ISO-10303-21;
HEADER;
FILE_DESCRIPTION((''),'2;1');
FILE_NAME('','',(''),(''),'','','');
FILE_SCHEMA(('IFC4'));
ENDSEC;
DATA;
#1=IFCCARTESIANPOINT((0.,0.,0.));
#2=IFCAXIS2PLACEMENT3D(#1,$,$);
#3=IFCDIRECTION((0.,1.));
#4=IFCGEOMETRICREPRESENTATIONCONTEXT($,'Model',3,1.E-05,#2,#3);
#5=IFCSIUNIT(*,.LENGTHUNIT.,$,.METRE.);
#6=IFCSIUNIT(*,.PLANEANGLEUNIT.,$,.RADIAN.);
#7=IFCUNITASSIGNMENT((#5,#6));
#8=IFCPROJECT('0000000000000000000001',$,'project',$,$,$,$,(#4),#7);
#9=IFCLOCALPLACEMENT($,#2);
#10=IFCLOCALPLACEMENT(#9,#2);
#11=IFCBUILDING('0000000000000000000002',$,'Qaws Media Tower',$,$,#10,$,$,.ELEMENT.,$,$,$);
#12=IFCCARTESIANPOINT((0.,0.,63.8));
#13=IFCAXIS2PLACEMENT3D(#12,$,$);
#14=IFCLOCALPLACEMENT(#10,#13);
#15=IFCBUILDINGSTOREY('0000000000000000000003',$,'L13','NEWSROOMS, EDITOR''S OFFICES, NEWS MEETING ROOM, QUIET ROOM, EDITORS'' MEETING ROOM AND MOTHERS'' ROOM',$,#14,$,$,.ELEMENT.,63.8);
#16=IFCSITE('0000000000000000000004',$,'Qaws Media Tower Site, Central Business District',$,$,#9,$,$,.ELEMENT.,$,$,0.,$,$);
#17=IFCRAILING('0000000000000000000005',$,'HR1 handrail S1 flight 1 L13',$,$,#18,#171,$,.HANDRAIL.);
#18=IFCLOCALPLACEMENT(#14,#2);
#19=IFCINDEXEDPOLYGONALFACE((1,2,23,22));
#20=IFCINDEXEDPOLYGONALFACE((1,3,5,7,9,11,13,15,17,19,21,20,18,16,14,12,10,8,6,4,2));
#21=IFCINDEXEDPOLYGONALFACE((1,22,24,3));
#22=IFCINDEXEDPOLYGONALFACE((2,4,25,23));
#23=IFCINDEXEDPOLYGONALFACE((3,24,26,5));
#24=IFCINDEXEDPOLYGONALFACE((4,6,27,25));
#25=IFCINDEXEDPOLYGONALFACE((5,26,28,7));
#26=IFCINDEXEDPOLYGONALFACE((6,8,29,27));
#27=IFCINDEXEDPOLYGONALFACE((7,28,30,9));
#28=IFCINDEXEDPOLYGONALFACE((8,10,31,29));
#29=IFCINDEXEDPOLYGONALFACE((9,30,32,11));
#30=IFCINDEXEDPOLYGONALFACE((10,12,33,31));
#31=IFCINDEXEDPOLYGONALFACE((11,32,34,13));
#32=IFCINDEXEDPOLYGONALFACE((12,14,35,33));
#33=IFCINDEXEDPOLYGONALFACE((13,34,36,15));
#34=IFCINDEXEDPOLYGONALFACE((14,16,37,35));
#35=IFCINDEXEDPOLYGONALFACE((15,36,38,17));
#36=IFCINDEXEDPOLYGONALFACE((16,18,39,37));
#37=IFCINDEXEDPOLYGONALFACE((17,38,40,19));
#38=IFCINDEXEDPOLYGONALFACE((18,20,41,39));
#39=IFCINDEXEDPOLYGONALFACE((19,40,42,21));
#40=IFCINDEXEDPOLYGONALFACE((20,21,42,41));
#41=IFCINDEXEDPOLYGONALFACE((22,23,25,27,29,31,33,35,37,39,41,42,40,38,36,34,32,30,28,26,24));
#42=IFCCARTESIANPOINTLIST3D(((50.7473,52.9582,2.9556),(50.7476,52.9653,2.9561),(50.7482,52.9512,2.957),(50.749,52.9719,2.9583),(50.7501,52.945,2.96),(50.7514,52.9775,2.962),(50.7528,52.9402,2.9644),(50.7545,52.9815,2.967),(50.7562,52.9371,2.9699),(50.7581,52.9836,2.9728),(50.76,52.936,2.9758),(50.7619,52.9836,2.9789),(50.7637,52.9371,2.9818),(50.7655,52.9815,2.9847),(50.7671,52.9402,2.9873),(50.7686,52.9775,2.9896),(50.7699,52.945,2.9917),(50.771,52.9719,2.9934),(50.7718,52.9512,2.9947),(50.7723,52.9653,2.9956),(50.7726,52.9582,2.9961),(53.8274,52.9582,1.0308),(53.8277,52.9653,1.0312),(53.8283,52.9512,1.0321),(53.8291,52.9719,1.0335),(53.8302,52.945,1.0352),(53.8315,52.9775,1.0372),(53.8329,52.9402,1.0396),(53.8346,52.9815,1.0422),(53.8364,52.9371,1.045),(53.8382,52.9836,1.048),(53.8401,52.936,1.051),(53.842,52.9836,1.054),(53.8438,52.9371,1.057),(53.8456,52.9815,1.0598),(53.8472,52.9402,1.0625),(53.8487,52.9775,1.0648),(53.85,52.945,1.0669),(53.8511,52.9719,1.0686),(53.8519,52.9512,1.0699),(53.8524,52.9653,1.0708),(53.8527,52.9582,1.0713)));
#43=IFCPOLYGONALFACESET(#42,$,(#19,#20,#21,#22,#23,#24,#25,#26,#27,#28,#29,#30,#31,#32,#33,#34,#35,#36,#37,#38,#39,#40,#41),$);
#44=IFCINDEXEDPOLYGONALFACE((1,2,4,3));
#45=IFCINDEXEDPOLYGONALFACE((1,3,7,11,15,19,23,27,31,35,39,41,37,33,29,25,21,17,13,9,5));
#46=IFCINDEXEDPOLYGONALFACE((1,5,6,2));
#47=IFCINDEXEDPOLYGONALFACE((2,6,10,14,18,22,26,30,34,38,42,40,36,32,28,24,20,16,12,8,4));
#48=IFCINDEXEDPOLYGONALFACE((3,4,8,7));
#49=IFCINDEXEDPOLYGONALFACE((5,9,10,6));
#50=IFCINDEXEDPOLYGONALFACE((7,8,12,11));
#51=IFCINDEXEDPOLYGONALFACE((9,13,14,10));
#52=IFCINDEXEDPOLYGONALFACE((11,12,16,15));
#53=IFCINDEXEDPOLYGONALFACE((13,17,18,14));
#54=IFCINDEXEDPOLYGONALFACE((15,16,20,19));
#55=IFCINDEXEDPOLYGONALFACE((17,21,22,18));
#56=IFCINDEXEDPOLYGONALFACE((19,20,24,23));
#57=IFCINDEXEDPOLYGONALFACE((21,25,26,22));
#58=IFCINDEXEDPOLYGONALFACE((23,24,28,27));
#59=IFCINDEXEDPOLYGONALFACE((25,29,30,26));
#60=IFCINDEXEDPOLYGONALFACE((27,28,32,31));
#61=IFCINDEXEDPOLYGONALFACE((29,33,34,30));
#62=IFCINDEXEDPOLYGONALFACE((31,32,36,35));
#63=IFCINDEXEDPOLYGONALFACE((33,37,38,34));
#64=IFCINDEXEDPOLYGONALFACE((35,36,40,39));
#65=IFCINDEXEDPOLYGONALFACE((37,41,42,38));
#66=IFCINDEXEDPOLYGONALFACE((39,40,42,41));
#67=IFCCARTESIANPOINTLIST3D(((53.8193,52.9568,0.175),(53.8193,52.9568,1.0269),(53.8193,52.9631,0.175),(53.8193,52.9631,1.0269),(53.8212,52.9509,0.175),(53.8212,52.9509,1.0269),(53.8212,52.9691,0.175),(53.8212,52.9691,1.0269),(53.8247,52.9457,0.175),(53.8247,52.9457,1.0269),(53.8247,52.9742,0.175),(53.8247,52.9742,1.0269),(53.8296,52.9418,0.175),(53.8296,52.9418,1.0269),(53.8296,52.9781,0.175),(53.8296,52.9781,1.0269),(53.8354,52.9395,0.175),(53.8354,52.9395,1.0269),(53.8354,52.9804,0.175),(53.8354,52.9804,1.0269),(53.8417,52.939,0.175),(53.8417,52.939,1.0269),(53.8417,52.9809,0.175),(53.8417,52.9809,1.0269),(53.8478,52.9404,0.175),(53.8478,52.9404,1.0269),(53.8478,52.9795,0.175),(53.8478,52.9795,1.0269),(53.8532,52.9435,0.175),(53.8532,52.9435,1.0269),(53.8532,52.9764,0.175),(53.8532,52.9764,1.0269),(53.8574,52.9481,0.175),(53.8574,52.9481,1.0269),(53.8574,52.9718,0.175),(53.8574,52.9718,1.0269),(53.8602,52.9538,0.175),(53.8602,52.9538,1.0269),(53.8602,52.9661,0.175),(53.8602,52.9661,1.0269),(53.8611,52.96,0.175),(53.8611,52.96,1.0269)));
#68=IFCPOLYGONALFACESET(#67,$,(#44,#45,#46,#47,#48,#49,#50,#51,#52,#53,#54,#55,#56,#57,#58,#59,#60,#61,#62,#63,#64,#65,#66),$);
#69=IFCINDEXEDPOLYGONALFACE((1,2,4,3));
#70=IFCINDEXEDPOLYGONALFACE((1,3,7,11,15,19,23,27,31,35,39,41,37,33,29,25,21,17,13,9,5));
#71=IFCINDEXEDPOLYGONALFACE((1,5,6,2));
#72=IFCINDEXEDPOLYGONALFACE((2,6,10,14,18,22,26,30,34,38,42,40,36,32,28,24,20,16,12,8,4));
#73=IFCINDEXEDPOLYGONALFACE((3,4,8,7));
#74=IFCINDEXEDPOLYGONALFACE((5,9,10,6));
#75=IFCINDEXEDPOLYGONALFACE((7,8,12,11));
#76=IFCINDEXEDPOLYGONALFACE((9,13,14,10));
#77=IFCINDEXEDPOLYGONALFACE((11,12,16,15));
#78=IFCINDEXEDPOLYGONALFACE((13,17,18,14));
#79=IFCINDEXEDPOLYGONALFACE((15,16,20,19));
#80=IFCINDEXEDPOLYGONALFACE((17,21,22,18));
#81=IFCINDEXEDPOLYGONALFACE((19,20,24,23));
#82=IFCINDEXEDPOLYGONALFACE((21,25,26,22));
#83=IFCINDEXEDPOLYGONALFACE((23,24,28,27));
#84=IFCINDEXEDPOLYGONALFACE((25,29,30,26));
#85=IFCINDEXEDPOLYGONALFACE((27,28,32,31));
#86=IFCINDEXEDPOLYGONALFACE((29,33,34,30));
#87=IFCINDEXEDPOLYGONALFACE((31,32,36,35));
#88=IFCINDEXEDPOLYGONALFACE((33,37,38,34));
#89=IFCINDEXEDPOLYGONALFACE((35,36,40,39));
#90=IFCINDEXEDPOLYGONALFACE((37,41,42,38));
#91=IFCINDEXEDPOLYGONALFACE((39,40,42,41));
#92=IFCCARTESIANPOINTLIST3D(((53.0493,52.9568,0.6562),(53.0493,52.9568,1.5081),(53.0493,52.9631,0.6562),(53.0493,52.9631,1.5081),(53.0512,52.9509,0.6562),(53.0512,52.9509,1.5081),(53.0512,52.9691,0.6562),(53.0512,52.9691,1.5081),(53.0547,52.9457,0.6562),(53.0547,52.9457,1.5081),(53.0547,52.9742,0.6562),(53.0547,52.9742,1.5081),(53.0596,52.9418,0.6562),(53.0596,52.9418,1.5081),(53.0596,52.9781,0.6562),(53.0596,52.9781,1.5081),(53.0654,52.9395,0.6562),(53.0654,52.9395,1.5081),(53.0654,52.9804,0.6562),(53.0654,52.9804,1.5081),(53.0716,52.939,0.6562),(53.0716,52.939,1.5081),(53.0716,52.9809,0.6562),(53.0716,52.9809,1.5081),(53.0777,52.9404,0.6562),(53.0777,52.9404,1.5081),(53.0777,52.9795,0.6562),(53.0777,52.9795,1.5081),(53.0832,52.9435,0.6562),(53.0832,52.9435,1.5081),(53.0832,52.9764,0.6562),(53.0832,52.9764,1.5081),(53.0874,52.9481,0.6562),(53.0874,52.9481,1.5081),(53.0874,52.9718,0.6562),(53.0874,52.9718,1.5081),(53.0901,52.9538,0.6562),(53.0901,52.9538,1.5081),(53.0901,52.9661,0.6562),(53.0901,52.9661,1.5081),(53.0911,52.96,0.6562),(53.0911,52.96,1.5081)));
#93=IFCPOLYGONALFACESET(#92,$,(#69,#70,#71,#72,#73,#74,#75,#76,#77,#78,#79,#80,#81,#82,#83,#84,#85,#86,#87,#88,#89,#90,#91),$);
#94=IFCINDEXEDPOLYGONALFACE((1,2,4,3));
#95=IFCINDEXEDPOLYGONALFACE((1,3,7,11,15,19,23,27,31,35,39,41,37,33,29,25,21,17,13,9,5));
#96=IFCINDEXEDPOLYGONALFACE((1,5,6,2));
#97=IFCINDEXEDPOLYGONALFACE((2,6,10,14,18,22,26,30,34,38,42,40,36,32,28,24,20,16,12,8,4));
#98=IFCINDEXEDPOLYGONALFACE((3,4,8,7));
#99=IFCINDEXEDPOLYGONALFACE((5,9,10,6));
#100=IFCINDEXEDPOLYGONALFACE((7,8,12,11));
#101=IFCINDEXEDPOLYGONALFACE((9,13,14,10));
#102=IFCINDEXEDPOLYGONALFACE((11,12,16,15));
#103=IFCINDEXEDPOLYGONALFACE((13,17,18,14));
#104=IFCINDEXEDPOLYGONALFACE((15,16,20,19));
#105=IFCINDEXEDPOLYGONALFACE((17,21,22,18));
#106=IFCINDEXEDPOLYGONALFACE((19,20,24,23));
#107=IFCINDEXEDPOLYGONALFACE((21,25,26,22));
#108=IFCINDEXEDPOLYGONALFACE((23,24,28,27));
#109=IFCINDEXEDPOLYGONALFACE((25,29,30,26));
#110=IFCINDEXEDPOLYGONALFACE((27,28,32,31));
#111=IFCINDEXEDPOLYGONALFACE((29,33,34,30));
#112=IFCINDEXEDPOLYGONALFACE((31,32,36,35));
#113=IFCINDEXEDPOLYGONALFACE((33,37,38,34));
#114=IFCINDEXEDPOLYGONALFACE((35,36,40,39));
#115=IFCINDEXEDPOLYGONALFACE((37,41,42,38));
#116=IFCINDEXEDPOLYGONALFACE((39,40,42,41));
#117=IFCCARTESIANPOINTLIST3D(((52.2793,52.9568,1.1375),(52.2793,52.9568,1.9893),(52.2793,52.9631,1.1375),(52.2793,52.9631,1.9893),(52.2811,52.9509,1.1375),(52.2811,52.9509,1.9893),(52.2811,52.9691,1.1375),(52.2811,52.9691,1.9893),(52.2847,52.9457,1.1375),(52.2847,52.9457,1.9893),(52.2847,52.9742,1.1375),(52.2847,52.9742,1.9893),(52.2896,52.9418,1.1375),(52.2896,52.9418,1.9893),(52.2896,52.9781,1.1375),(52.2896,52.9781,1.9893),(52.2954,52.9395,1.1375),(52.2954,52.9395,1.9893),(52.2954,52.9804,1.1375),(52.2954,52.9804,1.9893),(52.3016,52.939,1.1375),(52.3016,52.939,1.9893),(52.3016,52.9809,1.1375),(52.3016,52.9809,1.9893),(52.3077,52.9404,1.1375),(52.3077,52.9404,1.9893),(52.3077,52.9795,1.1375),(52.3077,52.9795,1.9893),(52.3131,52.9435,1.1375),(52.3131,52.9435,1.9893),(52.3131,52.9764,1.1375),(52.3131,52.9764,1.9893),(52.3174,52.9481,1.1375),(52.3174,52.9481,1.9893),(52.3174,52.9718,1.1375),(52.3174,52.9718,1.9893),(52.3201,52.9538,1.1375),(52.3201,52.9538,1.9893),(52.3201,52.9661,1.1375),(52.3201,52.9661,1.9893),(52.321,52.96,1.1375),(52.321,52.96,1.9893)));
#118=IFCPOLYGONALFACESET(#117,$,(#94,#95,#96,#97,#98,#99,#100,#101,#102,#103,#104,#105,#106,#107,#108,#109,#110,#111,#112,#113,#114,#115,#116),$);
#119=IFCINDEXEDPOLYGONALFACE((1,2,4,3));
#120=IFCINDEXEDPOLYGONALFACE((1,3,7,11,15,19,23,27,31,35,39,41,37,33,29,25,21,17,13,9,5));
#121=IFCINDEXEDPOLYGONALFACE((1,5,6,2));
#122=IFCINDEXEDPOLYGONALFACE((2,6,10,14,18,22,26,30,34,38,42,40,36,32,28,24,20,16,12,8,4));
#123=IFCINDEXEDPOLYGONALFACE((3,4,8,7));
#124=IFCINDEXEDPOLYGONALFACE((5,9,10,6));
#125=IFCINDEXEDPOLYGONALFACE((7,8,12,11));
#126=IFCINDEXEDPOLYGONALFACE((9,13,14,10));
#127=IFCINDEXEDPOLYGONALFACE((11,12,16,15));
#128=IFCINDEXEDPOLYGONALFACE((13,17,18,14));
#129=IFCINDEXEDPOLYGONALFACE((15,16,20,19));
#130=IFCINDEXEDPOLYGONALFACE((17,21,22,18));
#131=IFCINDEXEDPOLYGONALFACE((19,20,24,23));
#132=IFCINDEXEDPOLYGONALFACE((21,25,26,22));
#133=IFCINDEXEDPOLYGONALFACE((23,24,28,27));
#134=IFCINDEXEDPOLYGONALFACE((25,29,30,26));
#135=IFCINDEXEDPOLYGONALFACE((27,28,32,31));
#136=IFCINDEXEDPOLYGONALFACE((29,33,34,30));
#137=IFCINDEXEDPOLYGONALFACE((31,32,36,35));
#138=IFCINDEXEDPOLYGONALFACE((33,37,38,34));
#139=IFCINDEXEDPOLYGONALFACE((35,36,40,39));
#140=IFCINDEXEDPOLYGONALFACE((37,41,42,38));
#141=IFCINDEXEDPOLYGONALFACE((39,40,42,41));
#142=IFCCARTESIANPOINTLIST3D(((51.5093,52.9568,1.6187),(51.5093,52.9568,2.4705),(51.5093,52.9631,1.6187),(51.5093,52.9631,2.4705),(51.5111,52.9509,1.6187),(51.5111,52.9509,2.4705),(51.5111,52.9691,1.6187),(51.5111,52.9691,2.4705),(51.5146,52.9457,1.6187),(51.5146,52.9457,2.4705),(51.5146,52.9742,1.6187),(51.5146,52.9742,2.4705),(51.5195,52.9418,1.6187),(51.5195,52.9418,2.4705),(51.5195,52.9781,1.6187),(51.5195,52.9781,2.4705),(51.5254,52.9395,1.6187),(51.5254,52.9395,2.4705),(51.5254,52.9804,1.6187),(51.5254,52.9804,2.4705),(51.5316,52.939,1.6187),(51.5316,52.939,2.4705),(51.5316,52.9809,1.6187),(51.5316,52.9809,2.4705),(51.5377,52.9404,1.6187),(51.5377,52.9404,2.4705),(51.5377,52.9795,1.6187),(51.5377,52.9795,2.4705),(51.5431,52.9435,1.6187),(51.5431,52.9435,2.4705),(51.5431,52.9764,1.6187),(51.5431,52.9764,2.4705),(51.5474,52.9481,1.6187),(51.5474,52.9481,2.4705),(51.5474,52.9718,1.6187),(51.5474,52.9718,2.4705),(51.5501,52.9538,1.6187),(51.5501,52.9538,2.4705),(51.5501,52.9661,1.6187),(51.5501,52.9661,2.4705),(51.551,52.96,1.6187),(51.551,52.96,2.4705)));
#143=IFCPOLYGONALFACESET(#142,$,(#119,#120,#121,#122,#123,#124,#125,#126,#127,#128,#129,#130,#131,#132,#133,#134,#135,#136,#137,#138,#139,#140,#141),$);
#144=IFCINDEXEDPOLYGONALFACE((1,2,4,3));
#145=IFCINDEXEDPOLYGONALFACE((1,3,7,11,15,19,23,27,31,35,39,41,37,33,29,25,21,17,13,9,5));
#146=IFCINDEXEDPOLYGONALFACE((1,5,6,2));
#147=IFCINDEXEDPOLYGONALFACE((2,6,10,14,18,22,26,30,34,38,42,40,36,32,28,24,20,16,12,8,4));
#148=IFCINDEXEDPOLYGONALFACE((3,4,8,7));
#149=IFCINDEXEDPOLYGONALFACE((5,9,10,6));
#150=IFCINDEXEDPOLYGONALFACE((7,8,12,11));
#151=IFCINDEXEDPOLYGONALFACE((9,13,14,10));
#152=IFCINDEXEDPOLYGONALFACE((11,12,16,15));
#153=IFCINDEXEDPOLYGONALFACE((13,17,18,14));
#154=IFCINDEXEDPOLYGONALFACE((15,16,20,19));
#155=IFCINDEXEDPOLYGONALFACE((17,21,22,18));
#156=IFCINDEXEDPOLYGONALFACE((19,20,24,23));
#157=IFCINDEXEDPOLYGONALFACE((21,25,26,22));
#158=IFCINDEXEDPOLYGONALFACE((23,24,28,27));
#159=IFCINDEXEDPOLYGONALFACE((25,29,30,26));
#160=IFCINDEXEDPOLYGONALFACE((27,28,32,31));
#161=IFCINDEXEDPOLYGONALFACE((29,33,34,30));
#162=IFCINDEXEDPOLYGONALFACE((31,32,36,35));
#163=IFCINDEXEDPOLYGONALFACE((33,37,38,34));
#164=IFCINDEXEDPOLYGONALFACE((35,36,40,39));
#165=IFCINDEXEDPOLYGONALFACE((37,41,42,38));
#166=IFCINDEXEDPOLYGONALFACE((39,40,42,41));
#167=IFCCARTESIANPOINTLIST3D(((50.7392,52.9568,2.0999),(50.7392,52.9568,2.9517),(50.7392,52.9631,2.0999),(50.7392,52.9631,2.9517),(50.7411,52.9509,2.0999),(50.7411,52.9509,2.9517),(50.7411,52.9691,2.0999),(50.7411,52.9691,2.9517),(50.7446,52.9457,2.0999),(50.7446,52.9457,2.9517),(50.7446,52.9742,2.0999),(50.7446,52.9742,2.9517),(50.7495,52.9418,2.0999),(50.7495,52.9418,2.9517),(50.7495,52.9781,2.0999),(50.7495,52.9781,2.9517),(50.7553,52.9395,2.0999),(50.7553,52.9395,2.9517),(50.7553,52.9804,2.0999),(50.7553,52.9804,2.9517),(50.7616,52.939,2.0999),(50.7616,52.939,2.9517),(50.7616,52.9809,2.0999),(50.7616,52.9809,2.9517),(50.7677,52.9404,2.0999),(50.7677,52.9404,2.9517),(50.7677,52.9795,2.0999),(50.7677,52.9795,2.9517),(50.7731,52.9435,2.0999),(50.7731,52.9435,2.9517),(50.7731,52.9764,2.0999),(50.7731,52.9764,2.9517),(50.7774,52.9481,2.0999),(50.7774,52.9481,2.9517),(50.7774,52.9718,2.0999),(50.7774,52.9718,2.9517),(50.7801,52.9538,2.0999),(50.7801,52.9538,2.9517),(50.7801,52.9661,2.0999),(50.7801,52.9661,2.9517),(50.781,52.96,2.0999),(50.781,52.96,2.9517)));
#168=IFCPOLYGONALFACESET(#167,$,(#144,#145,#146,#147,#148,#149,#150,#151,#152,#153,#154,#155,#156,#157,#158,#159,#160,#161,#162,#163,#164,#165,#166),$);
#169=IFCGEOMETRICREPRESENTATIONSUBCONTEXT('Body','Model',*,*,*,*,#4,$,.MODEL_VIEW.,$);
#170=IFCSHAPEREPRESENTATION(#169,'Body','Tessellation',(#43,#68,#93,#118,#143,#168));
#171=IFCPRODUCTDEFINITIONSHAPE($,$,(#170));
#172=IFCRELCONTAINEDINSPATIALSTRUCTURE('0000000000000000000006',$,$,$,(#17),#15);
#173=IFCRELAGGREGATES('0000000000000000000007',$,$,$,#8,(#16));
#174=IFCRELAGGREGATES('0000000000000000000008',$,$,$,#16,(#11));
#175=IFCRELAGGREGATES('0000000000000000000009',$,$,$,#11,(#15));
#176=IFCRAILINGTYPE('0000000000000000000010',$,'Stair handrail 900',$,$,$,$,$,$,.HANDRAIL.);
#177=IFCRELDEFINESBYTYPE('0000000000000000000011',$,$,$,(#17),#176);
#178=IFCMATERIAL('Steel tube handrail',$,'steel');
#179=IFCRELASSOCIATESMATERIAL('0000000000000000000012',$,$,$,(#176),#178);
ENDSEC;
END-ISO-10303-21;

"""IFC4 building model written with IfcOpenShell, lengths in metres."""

from ifc_helpers import new_model, si_unit, direction, frame, origin, origin_2d, place, context, subcontext, project, spatial, circle, extrude, material, type_object, element, save


model = new_model("IFC4")

# Units and contexts
model_context = context("Model", 3, precision=1e-05, world=origin(), true_north=direction((0.0, 1.0)))
body_context = subcontext(model_context, "Body", "Model", "MODEL_VIEW")
ifc_project = project(units=[si_unit("LENGTHUNIT", "METRE"), si_unit("PLANEANGLEUNIT", "RADIAN")], contexts=[model_context])

# Site, building, storey
site_placement = place(None, origin())
site = spatial("IfcSite", under=ifc_project, at=site_placement, Name="Qaws Media Tower Site, Central Business District", CompositionType="ELEMENT", RefElevation=0.0)
building_placement = place(site_placement, origin())
building = spatial("IfcBuilding", under=site, at=building_placement, Name="Qaws Media Tower", CompositionType="ELEMENT")
storey_placement = place(building_placement, frame((0.0, 0.0, 63.8)))
storey = spatial("IfcBuildingStorey", under=building, at=storey_placement, Name="L13", Description="NEWSROOMS, EDITOR'S OFFICES, NEWS MEETING ROOM, QUIET ROOM, EDITORS' MEETING ROOM AND MOTHERS' ROOM", CompositionType="ELEMENT", Elevation=63.8)

# Railing
ifc_material_1 = material(Name="Steel tube handrail", Category="steel")
railing_type = type_object("IfcRailingType", Name="Stair handrail 900", PredefinedType="HANDRAIL", material=ifc_material_1)
for number, where, name in (
    (1, (53.8401, 52.96, 0.175), "HR1 handrail S1 flight 1 L13"),
):
    element("IfcRailing", number, at=place(storey_placement, frame(where)), inside=storey, type_object=railing_type, Name=name, PredefinedType="HANDRAIL", context=body_context, shape_type="SweptSolid", body=[
        extrude(circle(Radius=0.0239, at=origin_2d()), frame((0.0, 0.0, 0.876), z_axis=(-0.848029, 0.0, 0.529951), x_axis=(0.0, -1.0, 0.0)), (0.0, 0.0, 1.0), 3.6321),
        extrude(circle(Radius=0.021, at=origin_2d()), origin(), (0.0, 0.0, 1.0), 0.8518),
        extrude(circle(Radius=0.021, at=origin_2d()), frame((-0.77, 0.0, 0.4812)), (0.0, 0.0, 1.0), 0.8518),
        extrude(circle(Radius=0.021, at=origin_2d()), frame((-1.54, 0.0, 0.9624)), (0.0, 0.0, 1.0), 0.8518),
        extrude(circle(Radius=0.021, at=origin_2d()), frame((-2.3101, 0.0, 1.4436)), (0.0, 0.0, 1.0), 0.8518),
        extrude(circle(Radius=0.021, at=origin_2d()), frame((-3.0801, 0.0, 1.9248)), (0.0, 0.0, 1.0), 0.8518),
    ])

save(model, "model.ifc")
